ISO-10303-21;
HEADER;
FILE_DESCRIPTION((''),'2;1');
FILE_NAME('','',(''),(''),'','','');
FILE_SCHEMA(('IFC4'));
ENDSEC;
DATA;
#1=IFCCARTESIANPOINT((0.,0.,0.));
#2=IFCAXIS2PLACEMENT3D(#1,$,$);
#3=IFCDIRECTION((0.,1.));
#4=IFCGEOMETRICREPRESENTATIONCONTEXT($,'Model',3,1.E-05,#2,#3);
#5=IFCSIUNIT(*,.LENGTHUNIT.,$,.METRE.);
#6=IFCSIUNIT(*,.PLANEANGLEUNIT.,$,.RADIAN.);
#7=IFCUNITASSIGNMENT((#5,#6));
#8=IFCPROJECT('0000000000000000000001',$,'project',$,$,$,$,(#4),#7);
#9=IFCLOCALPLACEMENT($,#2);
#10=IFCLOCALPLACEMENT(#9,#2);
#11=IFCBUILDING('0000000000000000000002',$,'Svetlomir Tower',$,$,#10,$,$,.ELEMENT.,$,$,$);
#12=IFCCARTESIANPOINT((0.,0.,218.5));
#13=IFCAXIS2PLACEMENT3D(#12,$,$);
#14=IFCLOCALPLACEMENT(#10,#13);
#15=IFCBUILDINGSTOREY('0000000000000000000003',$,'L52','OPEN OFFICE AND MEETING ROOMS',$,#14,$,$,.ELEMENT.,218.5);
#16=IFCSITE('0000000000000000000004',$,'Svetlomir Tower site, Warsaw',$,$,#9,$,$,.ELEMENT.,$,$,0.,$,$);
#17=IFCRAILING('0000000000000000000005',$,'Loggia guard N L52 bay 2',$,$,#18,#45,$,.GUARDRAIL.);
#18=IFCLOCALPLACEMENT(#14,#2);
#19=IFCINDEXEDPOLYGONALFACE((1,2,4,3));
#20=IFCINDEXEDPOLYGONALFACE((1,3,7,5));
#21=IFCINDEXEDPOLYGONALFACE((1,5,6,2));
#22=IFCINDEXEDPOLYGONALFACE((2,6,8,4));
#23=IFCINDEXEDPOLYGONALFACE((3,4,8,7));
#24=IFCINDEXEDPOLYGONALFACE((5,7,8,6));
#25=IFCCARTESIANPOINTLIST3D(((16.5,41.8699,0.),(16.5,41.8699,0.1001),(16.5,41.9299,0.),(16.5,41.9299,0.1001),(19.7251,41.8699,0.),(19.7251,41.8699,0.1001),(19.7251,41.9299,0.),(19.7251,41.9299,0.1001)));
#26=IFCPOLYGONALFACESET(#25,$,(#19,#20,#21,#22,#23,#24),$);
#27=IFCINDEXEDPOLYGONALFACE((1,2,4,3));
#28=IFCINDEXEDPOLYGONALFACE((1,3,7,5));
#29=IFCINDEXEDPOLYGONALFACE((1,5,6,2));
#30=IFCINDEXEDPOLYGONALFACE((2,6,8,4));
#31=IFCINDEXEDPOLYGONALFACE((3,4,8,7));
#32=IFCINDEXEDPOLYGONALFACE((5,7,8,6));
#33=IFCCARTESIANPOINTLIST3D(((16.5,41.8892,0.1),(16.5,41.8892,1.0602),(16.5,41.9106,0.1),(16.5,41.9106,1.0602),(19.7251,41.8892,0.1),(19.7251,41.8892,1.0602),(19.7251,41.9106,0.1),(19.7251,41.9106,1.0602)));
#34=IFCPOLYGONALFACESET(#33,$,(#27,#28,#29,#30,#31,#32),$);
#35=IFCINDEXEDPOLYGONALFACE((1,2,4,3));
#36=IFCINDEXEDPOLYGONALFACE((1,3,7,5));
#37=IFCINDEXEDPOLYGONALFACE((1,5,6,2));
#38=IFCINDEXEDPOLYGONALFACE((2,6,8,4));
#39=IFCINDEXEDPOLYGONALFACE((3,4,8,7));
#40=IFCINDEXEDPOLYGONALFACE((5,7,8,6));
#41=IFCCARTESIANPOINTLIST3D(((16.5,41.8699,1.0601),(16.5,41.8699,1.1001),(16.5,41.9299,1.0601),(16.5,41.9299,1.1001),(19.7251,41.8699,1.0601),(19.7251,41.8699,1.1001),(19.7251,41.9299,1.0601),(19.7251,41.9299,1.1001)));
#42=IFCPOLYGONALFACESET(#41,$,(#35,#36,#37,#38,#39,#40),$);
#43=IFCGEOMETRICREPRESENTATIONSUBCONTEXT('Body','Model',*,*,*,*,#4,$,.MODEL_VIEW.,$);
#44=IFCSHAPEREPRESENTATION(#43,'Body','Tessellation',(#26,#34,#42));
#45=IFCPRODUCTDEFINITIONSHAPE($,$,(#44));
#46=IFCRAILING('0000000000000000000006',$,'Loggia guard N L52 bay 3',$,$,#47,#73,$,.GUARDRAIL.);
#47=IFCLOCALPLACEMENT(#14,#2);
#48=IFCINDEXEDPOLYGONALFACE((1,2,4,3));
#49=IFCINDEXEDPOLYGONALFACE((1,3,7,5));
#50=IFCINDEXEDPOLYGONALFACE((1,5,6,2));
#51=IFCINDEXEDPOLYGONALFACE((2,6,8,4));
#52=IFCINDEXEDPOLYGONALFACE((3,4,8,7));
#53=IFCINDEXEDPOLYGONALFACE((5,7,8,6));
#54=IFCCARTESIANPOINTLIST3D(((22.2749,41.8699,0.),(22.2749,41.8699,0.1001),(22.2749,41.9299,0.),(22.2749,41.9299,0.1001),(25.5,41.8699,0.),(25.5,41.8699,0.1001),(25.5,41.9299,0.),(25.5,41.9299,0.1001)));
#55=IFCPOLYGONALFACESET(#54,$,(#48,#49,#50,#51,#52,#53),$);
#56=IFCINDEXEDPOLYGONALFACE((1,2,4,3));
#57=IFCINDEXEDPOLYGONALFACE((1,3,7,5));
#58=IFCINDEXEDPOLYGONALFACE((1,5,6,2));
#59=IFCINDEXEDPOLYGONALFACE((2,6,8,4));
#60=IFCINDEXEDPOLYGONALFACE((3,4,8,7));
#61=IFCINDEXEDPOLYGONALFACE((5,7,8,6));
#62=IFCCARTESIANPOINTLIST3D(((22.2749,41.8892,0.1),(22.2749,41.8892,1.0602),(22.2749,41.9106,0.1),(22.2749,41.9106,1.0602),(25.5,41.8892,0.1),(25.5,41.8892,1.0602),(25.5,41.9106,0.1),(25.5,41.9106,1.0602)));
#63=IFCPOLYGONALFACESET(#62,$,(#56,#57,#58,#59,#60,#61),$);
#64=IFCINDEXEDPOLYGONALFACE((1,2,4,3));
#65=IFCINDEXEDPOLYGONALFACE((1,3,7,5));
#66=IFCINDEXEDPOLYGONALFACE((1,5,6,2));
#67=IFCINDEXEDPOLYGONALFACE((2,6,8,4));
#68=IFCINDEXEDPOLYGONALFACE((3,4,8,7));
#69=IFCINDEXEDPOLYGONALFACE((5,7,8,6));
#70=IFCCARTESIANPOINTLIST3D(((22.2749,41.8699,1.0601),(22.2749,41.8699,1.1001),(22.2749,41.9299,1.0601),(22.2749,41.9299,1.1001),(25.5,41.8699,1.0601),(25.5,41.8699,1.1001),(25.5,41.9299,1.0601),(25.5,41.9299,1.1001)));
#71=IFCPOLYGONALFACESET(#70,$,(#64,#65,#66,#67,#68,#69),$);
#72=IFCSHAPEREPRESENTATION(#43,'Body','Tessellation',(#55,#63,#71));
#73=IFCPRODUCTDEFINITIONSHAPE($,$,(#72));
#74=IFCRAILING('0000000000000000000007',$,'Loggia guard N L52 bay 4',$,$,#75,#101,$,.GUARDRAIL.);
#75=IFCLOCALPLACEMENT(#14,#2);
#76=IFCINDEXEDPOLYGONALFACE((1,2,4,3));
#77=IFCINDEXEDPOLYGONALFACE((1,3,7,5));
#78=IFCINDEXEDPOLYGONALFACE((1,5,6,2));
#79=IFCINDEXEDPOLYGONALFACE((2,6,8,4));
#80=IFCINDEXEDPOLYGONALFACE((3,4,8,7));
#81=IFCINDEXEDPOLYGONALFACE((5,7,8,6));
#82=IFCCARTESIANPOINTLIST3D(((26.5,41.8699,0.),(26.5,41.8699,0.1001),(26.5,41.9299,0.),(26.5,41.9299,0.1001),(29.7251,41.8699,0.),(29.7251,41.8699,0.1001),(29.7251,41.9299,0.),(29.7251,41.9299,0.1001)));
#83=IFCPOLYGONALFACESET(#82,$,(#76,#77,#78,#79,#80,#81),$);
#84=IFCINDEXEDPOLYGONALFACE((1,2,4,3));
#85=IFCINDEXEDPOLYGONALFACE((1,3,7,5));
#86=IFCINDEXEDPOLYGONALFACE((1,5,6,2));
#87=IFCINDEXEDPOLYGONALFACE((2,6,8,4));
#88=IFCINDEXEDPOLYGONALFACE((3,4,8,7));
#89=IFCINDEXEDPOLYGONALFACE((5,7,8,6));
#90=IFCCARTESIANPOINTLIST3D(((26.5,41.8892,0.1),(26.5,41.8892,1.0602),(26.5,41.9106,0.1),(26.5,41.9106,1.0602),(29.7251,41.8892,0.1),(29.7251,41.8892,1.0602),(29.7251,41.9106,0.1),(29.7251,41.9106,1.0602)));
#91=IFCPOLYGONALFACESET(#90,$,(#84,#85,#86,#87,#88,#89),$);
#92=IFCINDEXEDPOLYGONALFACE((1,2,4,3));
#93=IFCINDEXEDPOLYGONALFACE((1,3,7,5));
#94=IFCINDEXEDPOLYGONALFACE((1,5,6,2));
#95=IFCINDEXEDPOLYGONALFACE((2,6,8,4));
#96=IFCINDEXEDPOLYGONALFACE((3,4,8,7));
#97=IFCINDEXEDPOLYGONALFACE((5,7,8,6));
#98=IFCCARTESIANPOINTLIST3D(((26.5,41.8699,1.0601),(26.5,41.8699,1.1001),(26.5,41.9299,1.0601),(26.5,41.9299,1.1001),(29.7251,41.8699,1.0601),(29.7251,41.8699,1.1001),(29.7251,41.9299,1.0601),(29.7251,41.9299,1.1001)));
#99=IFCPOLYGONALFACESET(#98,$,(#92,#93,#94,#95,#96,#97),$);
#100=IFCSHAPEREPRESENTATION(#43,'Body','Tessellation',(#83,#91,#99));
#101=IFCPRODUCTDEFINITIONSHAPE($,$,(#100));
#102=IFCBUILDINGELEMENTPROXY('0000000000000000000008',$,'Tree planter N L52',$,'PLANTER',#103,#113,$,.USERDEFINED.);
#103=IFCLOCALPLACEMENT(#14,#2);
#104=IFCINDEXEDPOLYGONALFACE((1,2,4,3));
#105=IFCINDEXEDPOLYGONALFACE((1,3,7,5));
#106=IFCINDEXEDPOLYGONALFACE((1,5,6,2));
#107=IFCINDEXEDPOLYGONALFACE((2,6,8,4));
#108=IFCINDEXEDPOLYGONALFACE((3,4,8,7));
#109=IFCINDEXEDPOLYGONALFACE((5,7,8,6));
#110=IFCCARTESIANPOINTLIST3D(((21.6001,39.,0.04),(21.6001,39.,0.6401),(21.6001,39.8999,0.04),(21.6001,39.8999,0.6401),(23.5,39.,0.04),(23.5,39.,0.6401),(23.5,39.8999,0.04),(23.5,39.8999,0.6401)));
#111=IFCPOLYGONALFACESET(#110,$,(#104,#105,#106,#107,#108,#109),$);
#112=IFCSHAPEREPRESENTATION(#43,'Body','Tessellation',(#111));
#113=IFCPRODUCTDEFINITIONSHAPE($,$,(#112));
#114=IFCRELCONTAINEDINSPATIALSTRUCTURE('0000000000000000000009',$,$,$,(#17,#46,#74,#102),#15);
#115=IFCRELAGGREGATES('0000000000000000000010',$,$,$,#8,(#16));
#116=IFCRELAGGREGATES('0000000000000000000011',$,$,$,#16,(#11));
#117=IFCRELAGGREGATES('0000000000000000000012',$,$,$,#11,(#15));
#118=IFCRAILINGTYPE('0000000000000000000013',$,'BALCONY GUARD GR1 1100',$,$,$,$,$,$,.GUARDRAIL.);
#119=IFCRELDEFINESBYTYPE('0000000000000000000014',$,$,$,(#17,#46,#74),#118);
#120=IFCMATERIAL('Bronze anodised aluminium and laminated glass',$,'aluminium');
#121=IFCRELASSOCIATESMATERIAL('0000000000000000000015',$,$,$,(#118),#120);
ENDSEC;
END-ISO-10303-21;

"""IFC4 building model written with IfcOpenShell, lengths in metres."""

from ifc_helpers import new_model, si_unit, direction, frame, origin, origin_2d, place, context, subcontext, project, spatial, rectangle, extrude, material, type_object, element, save


model = new_model("IFC4")

# Units and contexts
model_context = context("Model", 3, precision=1e-05, world=origin(), true_north=direction((0.0, 1.0)))
body_context = subcontext(model_context, "Body", "Model", "MODEL_VIEW")
ifc_project = project(units=[si_unit("LENGTHUNIT", "METRE"), si_unit("PLANEANGLEUNIT", "RADIAN")], contexts=[model_context])

# Site, building, storey
site_placement = place(None, origin())
site = spatial("IfcSite", under=ifc_project, at=site_placement, Name="Svetlomir Tower site, Warsaw", CompositionType="ELEMENT", RefElevation=0.0)
building_placement = place(site_placement, origin())
building = spatial("IfcBuilding", under=site, at=building_placement, Name="Svetlomir Tower", CompositionType="ELEMENT")
storey_placement = place(building_placement, frame((0.0, 0.0, 218.5)))
storey = spatial("IfcBuildingStorey", under=building, at=storey_placement, Name="L52", Description="OPEN OFFICE AND MEETING ROOMS", CompositionType="ELEMENT", Elevation=218.5)

# Railings
ifc_material_1 = material(Name="Bronze anodised aluminium and laminated glass", Category="aluminium")
railing_type = type_object("IfcRailingType", Name="BALCONY GUARD GR1 1100", PredefinedType="GUARDRAIL", material=ifc_material_1)
for number, where, name in (
    (1, (16.5, 41.8999, 0.0), "Loggia guard N L52 bay 2"),
    (2, (22.2749, 41.8999, 0.0), "Loggia guard N L52 bay 3"),
    (3, (26.5, 41.8999, 0.0), "Loggia guard N L52 bay 4"),
):
    element("IfcRailing", number, at=place(storey_placement, frame(where)), inside=storey, type_object=railing_type, Name=name, PredefinedType="GUARDRAIL", context=body_context, shape_type="SweptSolid", body=[
        extrude(rectangle(XDim=0.0601, YDim=0.1001, at=origin_2d()), frame((0.0, 0.0, 0.05), z_axis=(1.0, 0.0, 0.0), x_axis=(0.0, 1.0, 0.0)), (0.0, 0.0, 1.0), 3.2251),
        extrude(rectangle(XDim=0.0215, YDim=0.9602, at=origin_2d()), frame((0.0, 0.0, 0.5801), z_axis=(1.0, 0.0, 0.0), x_axis=(0.0, 1.0, 0.0)), (0.0, 0.0, 1.0), 3.2251),
        extrude(rectangle(XDim=0.0601, YDim=0.04, at=origin_2d()), frame((0.0, 0.0, 1.0801), z_axis=(1.0, 0.0, 0.0), x_axis=(0.0, 1.0, 0.0)), (0.0, 0.0, 1.0), 3.2251),
    ])

# Building element proxy
proxy_placement = place(storey_placement, frame((22.55, 39.45, 0.04), z_axis=(0.0, 0.0, 1.0), x_axis=(1.0, 0.0, 0.0)))
element("IfcBuildingElementProxy", 4, at=proxy_placement, inside=storey, Name="Tree planter N L52", ObjectType="PLANTER", PredefinedType="USERDEFINED", context=body_context, shape_type="SweptSolid", body=[
    extrude(rectangle(XDim=1.8999, YDim=0.8999, at=origin_2d()), origin(), (0.0, 0.0, 1.0), 0.6001),
])

save(model, "model.ifc")
